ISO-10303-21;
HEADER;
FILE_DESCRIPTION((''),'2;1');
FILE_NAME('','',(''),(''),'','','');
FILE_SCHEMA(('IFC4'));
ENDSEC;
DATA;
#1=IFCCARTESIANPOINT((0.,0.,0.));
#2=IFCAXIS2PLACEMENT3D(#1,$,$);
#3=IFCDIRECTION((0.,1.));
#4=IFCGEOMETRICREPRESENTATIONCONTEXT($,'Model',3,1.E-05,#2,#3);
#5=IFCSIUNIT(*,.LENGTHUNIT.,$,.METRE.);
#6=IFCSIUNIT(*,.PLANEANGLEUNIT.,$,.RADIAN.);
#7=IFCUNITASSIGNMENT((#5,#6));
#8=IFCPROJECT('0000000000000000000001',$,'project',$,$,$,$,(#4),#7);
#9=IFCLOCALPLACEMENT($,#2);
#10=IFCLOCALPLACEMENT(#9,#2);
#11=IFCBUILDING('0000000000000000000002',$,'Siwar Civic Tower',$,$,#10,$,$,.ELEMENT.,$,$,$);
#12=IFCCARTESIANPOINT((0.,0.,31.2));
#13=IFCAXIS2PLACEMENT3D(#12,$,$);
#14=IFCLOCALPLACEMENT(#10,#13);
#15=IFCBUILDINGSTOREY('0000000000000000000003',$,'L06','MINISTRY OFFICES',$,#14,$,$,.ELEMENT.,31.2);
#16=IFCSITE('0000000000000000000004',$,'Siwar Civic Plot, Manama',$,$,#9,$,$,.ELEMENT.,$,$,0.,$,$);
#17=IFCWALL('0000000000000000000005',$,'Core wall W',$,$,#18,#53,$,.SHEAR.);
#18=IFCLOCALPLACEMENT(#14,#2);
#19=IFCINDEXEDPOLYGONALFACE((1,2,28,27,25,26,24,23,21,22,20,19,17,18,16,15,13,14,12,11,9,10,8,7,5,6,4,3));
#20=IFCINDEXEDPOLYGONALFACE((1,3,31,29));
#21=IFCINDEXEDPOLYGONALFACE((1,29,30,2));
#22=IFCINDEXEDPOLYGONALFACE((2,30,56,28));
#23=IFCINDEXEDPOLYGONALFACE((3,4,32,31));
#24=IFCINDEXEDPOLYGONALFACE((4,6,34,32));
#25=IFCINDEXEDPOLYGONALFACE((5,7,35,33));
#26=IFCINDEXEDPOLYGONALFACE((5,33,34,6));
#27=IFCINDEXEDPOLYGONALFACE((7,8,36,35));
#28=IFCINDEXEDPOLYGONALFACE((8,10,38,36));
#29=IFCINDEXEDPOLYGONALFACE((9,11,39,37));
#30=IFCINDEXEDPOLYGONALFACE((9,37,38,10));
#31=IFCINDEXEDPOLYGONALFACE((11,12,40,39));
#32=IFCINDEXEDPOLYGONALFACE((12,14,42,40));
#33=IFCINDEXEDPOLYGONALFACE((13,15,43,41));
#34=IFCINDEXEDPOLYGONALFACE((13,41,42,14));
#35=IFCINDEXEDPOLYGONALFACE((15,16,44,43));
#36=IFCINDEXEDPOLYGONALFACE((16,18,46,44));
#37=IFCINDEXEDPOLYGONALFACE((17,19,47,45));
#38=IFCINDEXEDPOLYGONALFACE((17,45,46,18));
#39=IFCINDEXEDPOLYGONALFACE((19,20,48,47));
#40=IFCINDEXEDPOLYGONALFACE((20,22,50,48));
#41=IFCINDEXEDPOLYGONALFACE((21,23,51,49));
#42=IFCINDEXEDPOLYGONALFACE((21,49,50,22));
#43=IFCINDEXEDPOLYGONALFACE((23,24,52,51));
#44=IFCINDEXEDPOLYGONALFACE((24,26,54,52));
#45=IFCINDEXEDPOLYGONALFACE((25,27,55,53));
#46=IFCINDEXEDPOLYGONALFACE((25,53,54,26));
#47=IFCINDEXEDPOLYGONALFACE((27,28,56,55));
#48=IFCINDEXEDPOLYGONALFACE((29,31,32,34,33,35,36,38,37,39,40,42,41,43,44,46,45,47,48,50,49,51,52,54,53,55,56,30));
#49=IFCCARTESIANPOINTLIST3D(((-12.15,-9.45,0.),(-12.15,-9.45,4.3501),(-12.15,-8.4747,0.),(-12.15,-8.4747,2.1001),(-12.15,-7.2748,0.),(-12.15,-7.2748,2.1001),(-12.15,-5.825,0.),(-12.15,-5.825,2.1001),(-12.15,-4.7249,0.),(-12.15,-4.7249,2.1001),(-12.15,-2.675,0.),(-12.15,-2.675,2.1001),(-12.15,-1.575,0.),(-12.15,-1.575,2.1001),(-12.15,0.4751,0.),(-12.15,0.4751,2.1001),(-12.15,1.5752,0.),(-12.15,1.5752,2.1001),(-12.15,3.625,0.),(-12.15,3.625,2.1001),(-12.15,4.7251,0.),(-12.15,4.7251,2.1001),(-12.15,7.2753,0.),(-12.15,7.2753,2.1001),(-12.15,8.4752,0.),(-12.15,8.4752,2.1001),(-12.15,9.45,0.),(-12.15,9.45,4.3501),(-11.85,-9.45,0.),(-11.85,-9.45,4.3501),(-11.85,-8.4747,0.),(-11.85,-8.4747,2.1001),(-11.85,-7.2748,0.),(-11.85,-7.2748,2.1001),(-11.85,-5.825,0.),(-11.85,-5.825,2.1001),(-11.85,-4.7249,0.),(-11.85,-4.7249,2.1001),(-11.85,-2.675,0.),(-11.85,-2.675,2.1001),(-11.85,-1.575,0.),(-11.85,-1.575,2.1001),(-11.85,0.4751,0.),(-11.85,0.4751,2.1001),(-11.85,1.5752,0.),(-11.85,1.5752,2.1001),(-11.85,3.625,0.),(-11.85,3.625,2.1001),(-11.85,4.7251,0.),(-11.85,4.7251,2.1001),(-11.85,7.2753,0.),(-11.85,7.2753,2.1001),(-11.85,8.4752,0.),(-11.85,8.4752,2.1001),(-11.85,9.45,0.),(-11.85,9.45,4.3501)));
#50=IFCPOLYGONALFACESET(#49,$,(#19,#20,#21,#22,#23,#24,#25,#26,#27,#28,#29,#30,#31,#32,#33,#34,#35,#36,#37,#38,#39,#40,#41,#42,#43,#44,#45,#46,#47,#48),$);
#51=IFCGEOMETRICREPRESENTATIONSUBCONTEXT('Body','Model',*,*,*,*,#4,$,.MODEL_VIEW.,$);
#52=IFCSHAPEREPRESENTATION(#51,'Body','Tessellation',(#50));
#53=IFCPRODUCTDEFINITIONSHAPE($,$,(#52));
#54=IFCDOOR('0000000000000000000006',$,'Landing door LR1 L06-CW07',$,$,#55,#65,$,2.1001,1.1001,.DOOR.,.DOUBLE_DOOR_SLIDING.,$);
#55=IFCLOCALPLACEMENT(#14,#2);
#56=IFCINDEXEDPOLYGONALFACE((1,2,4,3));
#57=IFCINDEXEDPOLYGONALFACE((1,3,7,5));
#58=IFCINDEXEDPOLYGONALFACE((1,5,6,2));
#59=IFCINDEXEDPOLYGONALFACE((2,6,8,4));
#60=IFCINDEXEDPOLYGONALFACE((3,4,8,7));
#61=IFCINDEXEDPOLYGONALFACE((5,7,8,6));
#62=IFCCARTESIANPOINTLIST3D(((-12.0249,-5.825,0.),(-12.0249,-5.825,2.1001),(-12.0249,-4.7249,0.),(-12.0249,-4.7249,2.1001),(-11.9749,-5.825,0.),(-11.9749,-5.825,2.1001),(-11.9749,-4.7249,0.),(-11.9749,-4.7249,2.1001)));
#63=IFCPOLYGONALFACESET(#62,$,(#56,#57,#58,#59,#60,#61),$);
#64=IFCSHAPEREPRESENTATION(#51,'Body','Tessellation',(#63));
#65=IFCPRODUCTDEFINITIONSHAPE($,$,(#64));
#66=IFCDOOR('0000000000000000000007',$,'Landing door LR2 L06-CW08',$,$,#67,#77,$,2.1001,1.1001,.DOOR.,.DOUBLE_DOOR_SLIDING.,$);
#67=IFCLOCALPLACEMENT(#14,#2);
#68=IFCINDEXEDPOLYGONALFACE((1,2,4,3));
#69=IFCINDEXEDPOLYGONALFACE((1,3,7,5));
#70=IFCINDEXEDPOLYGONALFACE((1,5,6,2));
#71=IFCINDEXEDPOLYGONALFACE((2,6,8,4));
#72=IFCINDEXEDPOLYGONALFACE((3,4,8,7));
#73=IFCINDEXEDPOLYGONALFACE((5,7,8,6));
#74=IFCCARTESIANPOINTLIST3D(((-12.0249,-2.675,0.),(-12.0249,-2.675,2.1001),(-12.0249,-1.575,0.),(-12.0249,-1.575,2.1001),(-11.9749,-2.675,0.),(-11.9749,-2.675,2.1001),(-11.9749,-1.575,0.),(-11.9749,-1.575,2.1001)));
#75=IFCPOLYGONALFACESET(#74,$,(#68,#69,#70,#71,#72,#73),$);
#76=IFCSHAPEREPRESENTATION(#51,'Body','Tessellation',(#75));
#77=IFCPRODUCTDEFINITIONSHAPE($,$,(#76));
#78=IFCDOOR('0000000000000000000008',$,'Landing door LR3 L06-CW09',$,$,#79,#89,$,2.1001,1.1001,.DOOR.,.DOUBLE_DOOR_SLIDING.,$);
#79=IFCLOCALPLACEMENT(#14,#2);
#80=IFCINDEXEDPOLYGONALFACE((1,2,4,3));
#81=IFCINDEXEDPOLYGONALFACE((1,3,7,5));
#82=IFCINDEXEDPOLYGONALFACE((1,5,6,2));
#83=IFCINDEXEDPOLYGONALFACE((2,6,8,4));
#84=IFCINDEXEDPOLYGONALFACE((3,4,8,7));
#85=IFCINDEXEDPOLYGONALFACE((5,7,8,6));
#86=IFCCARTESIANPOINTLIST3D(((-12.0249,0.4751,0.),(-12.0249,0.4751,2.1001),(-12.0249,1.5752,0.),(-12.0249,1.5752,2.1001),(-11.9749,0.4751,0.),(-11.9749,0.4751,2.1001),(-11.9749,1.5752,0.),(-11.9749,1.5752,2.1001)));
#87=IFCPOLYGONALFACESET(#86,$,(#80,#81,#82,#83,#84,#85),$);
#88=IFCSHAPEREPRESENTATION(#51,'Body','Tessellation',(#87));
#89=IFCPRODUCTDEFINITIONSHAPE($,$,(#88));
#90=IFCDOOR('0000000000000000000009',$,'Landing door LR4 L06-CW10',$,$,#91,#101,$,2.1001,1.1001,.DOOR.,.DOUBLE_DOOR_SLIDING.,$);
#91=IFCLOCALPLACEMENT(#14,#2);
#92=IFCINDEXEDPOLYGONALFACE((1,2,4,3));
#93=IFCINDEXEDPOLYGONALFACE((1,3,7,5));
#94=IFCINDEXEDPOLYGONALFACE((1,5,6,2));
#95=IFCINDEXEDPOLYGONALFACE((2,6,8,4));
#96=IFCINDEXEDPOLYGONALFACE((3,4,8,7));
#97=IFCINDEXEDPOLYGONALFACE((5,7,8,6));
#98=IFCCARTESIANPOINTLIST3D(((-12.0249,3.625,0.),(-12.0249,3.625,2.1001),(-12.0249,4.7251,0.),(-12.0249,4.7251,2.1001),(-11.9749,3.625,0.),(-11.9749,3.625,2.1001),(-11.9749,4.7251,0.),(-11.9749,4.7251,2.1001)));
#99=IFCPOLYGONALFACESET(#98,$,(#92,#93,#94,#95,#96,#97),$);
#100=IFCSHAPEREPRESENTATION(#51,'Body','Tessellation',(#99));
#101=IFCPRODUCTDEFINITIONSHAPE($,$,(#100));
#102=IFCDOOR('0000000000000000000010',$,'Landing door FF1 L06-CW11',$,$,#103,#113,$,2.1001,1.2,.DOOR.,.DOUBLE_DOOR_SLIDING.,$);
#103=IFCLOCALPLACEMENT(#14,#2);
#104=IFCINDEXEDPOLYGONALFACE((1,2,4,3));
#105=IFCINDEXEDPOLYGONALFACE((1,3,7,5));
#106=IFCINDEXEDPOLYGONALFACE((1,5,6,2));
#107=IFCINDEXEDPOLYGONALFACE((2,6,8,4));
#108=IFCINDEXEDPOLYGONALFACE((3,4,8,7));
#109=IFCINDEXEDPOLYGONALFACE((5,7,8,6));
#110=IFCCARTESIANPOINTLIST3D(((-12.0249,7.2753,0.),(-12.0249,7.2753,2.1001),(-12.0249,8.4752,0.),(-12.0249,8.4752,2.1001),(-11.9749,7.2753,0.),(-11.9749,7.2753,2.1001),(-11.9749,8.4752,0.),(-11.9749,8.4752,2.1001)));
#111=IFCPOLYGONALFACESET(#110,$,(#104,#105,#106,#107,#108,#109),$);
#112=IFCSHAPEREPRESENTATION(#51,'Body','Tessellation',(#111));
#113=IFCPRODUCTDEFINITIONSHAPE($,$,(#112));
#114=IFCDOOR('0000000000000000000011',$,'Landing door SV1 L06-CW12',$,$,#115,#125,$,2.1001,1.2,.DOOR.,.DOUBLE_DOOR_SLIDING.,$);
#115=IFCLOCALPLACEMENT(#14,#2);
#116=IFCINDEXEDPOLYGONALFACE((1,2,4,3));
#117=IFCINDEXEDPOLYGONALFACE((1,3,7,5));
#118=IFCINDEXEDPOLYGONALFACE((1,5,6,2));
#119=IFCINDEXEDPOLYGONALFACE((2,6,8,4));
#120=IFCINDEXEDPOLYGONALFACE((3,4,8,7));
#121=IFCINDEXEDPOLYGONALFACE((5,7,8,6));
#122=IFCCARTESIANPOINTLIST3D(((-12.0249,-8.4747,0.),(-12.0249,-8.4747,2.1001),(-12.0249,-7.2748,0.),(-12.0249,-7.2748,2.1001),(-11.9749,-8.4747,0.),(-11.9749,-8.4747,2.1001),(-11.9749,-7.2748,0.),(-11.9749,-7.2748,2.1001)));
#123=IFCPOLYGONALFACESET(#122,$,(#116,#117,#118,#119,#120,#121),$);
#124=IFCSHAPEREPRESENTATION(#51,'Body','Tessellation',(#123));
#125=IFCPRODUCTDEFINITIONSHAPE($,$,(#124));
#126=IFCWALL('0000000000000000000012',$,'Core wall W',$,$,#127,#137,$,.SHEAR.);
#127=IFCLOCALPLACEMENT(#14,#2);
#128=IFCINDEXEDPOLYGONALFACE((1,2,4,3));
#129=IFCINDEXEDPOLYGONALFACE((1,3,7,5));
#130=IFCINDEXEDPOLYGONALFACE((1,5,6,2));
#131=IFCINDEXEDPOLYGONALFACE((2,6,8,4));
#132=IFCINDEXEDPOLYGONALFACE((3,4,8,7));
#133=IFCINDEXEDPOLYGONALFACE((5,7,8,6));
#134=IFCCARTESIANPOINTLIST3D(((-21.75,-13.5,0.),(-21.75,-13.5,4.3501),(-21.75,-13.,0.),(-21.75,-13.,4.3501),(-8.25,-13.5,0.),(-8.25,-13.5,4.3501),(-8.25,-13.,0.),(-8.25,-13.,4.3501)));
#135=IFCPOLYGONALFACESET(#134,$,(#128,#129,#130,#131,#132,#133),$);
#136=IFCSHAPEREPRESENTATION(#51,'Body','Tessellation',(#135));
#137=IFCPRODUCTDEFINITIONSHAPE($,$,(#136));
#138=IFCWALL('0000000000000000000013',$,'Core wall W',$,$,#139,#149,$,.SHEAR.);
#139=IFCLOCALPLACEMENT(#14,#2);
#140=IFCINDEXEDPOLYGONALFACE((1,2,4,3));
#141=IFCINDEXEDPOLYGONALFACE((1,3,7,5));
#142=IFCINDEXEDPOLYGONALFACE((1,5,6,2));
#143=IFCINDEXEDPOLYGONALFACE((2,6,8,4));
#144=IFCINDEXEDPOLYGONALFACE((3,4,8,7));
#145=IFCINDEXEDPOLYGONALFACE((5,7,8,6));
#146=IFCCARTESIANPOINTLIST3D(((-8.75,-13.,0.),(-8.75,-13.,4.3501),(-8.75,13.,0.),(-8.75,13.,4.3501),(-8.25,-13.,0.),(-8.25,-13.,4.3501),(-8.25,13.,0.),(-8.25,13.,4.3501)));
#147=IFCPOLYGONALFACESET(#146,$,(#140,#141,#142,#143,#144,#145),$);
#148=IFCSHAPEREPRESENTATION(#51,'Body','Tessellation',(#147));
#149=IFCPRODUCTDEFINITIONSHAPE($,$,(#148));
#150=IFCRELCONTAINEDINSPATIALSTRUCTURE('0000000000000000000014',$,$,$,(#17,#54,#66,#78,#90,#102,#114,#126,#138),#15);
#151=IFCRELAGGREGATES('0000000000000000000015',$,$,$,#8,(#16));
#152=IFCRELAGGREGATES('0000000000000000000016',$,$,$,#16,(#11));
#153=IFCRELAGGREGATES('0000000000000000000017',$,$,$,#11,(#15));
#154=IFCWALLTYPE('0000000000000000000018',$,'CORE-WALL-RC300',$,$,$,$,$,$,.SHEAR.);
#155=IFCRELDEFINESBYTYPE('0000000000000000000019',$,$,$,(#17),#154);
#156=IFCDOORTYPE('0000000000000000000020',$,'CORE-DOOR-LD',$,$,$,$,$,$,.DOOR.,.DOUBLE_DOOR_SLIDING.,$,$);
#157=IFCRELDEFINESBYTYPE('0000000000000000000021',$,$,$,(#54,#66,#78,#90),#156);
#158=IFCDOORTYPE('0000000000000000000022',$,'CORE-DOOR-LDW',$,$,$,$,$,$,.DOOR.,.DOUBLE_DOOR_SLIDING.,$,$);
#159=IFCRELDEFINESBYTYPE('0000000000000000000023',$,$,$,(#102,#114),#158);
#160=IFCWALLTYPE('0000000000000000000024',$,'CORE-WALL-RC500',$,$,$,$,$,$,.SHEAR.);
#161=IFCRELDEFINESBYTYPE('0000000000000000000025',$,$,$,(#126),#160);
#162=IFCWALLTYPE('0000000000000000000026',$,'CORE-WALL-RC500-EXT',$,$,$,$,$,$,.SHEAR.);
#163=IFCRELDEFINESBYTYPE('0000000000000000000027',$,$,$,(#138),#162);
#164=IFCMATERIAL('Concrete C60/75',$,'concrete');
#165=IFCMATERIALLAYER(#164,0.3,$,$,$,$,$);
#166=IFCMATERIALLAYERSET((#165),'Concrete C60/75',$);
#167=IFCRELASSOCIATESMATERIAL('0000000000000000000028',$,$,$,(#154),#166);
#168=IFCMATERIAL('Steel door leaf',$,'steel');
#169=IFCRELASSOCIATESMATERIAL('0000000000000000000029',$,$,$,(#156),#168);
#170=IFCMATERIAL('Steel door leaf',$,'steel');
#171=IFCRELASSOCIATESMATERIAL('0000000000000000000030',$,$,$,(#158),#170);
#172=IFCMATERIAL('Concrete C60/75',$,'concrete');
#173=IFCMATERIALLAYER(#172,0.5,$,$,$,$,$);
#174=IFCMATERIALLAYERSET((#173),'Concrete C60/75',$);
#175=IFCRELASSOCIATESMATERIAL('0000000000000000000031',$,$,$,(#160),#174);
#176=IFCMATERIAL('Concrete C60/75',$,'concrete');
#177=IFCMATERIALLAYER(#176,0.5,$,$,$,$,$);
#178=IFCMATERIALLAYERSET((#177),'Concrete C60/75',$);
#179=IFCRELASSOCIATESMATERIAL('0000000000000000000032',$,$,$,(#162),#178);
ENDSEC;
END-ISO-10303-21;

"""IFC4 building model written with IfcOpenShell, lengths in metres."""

from ifc_helpers import new_model, si_unit, direction, frame, frame_2d, origin, place, context, subcontext, project, spatial, rectangle, extrude, material, layer, layer_set, type_object, element, fill, save


model = new_model("IFC4")

# Units and contexts
model_context = context("Model", 3, precision=1e-05, world=origin(), true_north=direction((0.0, 1.0)))
body_context = subcontext(model_context, "Body", "Model", "MODEL_VIEW")
ifc_project = project(units=[si_unit("LENGTHUNIT", "METRE"), si_unit("PLANEANGLEUNIT", "RADIAN")], contexts=[model_context])

# Site, building, storey
site_placement = place(None, origin())
site = spatial("IfcSite", under=ifc_project, at=site_placement, Name="Siwar Civic Plot, Manama", CompositionType="ELEMENT", RefElevation=0.0)
building_placement = place(site_placement, origin())
building = spatial("IfcBuilding", under=site, at=building_placement, Name="Siwar Civic Tower", CompositionType="ELEMENT")
storey_placement = place(building_placement, frame((0.0, 0.0, 31.2)))
storey = spatial("IfcBuildingStorey", under=building, at=storey_placement, Name="L06", Description="MINISTRY OFFICES", CompositionType="ELEMENT", Elevation=31.2)

# Wall, openings, doors
ifc_material_1 = material(Name="Concrete C60/75", Category="concrete")
ifc_layer_1 = layer(ifc_material_1, 0.3)
ifc_layer_set_1 = layer_set([ifc_layer_1], Name="Concrete C60/75")
wall_type_1 = type_object("IfcWallType", Name="CORE-WALL-RC300", PredefinedType="SHEAR", material=ifc_layer_set_1)
wall_1_placement = place(storey_placement, frame((-12.0, -9.45, 0.0), z_axis=(0.0, 0.0, 1.0), x_axis=(0.0, 1.0, 0.0)))
wall_1 = element("IfcWall", 1, at=wall_1_placement, inside=storey, type_object=wall_type_1, Name="Core wall W", PredefinedType="SHEAR", context=body_context, shape_type="SweptSolid", body=[
    extrude(rectangle(XDim=18.8999, YDim=0.3, at=frame_2d((9.45, 0.0))), origin(), (0.0, 0.0, 1.0), 4.3501),
])
opening_1_placement = place(wall_1_placement, frame((3.625, 0.0, 0.0)))
opening_1 = element("IfcOpeningElement", 2, at=opening_1_placement, cuts=wall_1, PredefinedType="OPENING", context=body_context, shape_type="SweptSolid", body=[
    extrude(rectangle(XDim=1.1001, YDim=2.1001, at=frame_2d((0.55, 1.05))), frame((0.0, 0.1602, 0.0), z_axis=(0.0, -1.0, 0.0), x_axis=(1.0, 0.0, 0.0)), (0.0, 0.0, 1.0), 0.3201),
])
opening_2_placement = place(wall_1_placement, frame((6.7749, 0.0, 0.0)))
opening_2 = element("IfcOpeningElement", 3, at=opening_2_placement, cuts=wall_1, PredefinedType="OPENING", context=body_context, shape_type="SweptSolid", body=[
    extrude(rectangle(XDim=1.1001, YDim=2.1001, at=frame_2d((0.55, 1.05))), frame((0.0, 0.1602, 0.0), z_axis=(0.0, -1.0, 0.0), x_axis=(1.0, 0.0, 0.0)), (0.0, 0.0, 1.0), 0.3201),
])
opening_3_placement = place(wall_1_placement, frame((9.925, 0.0, 0.0)))
opening_3 = element("IfcOpeningElement", 4, at=opening_3_placement, cuts=wall_1, PredefinedType="OPENING", context=body_context, shape_type="SweptSolid", body=[
    extrude(rectangle(XDim=1.1001, YDim=2.1001, at=frame_2d((0.55, 1.05))), frame((0.0, 0.1602, 0.0), z_axis=(0.0, -1.0, 0.0), x_axis=(1.0, 0.0, 0.0)), (0.0, 0.0, 1.0), 0.3201),
])
opening_4_placement = place(wall_1_placement, frame((13.075, 0.0, 0.0)))
opening_4 = element("IfcOpeningElement", 5, at=opening_4_placement, cuts=wall_1, PredefinedType="OPENING", context=body_context, shape_type="SweptSolid", body=[
    extrude(rectangle(XDim=1.1001, YDim=2.1001, at=frame_2d((0.55, 1.05))), frame((0.0, 0.1602, 0.0), z_axis=(0.0, -1.0, 0.0), x_axis=(1.0, 0.0, 0.0)), (0.0, 0.0, 1.0), 0.3201),
])
opening_5_placement = place(wall_1_placement, frame((16.7251, 0.0, 0.0)))
opening_5 = element("IfcOpeningElement", 6, at=opening_5_placement, cuts=wall_1, PredefinedType="OPENING", context=body_context, shape_type="SweptSolid", body=[
    extrude(rectangle(XDim=1.2, YDim=2.1001, at=frame_2d((0.6001, 1.05))), frame((0.0, 0.1602, 0.0), z_axis=(0.0, -1.0, 0.0), x_axis=(1.0, 0.0, 0.0)), (0.0, 0.0, 1.0), 0.3201),
])
opening_6_placement = place(wall_1_placement, frame((0.9751, 0.0, 0.0)))
opening_6 = element("IfcOpeningElement", 7, at=opening_6_placement, cuts=wall_1, PredefinedType="OPENING", context=body_context, shape_type="SweptSolid", body=[
    extrude(rectangle(XDim=1.2, YDim=2.1001, at=frame_2d((0.6001, 1.05))), frame((0.0, 0.1602, 0.0), z_axis=(0.0, -1.0, 0.0), x_axis=(1.0, 0.0, 0.0)), (0.0, 0.0, 1.0), 0.3201),
])
ifc_material_2 = material(Name="Steel door leaf", Category="steel")
door_type_1 = type_object("IfcDoorType", Name="CORE-DOOR-LD", OperationType="DOUBLE_DOOR_SLIDING", PredefinedType="DOOR", material=ifc_material_2)
door_1_placement = place(opening_1_placement, origin())
door_1 = element("IfcDoor", 8, at=door_1_placement, inside=storey, type_object=door_type_1, Name="Landing door LR1 L06-CW07", OperationType="DOUBLE_DOOR_SLIDING", OverallHeight=2.1001, OverallWidth=1.1001, PredefinedType="DOOR", context=body_context, shape_type="SweptSolid", body=[
    extrude(rectangle(XDim=1.1001, YDim=2.1001, at=frame_2d((0.55, 1.05))), frame((0.0, 0.0249, 0.0), z_axis=(0.0, -1.0, 0.0), x_axis=(1.0, 0.0, 0.0)), (0.0, 0.0, 1.0), 0.05),
])
fill(opening_1, door_1)
door_2_placement = place(opening_2_placement, origin())
door_2 = element("IfcDoor", 9, at=door_2_placement, inside=storey, type_object=door_type_1, Name="Landing door LR2 L06-CW08", OperationType="DOUBLE_DOOR_SLIDING", OverallHeight=2.1001, OverallWidth=1.1001, PredefinedType="DOOR", context=body_context, shape_type="SweptSolid", body=[
    extrude(rectangle(XDim=1.1001, YDim=2.1001, at=frame_2d((0.55, 1.05))), frame((0.0, 0.0249, 0.0), z_axis=(0.0, -1.0, 0.0), x_axis=(1.0, 0.0, 0.0)), (0.0, 0.0, 1.0), 0.05),
])
fill(opening_2, door_2)
door_3_placement = place(opening_3_placement, origin())
door_3 = element("IfcDoor", 10, at=door_3_placement, inside=storey, type_object=door_type_1, Name="Landing door LR3 L06-CW09", OperationType="DOUBLE_DOOR_SLIDING", OverallHeight=2.1001, OverallWidth=1.1001, PredefinedType="DOOR", context=body_context, shape_type="SweptSolid", body=[
    extrude(rectangle(XDim=1.1001, YDim=2.1001, at=frame_2d((0.55, 1.05))), frame((0.0, 0.0249, 0.0), z_axis=(0.0, -1.0, 0.0), x_axis=(1.0, 0.0, 0.0)), (0.0, 0.0, 1.0), 0.05),
])
fill(opening_3, door_3)
door_4_placement = place(opening_4_placement, origin())
door_4 = element("IfcDoor", 11, at=door_4_placement, inside=storey, type_object=door_type_1, Name="Landing door LR4 L06-CW10", OperationType="DOUBLE_DOOR_SLIDING", OverallHeight=2.1001, OverallWidth=1.1001, PredefinedType="DOOR", context=body_context, shape_type="SweptSolid", body=[
    extrude(rectangle(XDim=1.1001, YDim=2.1001, at=frame_2d((0.55, 1.05))), frame((0.0, 0.0249, 0.0), z_axis=(0.0, -1.0, 0.0), x_axis=(1.0, 0.0, 0.0)), (0.0, 0.0, 1.0), 0.05),
])
fill(opening_4, door_4)
ifc_material_3 = material(Name="Steel door leaf", Category="steel")
door_type_2 = type_object("IfcDoorType", Name="CORE-DOOR-LDW", OperationType="DOUBLE_DOOR_SLIDING", PredefinedType="DOOR", material=ifc_material_3)
door_5_placement = place(opening_5_placement, origin())
door_5 = element("IfcDoor", 12, at=door_5_placement, inside=storey, type_object=door_type_2, Name="Landing door FF1 L06-CW11", OperationType="DOUBLE_DOOR_SLIDING", OverallHeight=2.1001, OverallWidth=1.2, PredefinedType="DOOR", context=body_context, shape_type="SweptSolid", body=[
    extrude(rectangle(XDim=1.2, YDim=2.1001, at=frame_2d((0.6001, 1.05))), frame((0.0, 0.0249, 0.0), z_axis=(0.0, -1.0, 0.0), x_axis=(1.0, 0.0, 0.0)), (0.0, 0.0, 1.0), 0.05),
])
fill(opening_5, door_5)
door_6_placement = place(opening_6_placement, origin())
door_6 = element("IfcDoor", 13, at=door_6_placement, inside=storey, type_object=door_type_2, Name="Landing door SV1 L06-CW12", OperationType="DOUBLE_DOOR_SLIDING", OverallHeight=2.1001, OverallWidth=1.2, PredefinedType="DOOR", context=body_context, shape_type="SweptSolid", body=[
    extrude(rectangle(XDim=1.2, YDim=2.1001, at=frame_2d((0.6001, 1.05))), frame((0.0, 0.0249, 0.0), z_axis=(0.0, -1.0, 0.0), x_axis=(1.0, 0.0, 0.0)), (0.0, 0.0, 1.0), 0.05),
])
fill(opening_6, door_6)

# Walls
ifc_material_4 = material(Name="Concrete C60/75", Category="concrete")
ifc_layer_2 = layer(ifc_material_4, 0.5)
ifc_layer_set_2 = layer_set([ifc_layer_2], Name="Concrete C60/75")
wall_type_2 = type_object("IfcWallType", Name="CORE-WALL-RC500", PredefinedType="SHEAR", material=ifc_layer_set_2)
wall_2_placement = place(storey_placement, frame((-8.25, -13.25, 0.0), z_axis=(0.0, 0.0, 1.0), x_axis=(-1.0, 0.0, 0.0)))
element("IfcWall", 14, at=wall_2_placement, inside=storey, type_object=wall_type_2, Name="Core wall W", PredefinedType="SHEAR", context=body_context, shape_type="SweptSolid", body=[
    extrude(rectangle(XDim=13.5, YDim=0.5, at=frame_2d((6.75, 0.0))), origin(), (0.0, 0.0, 1.0), 4.3501),
])
ifc_material_5 = material(Name="Concrete C60/75", Category="concrete")
ifc_layer_3 = layer(ifc_material_5, 0.5)
ifc_layer_set_3 = layer_set([ifc_layer_3], Name="Concrete C60/75")
wall_type_3 = type_object("IfcWallType", Name="CORE-WALL-RC500-EXT", PredefinedType="SHEAR", material=ifc_layer_set_3)
wall_3_placement = place(storey_placement, frame((-8.5, -13.0, 0.0), z_axis=(0.0, 0.0, 1.0), x_axis=(0.0, 1.0, 0.0)))
element("IfcWall", 15, at=wall_3_placement, inside=storey, type_object=wall_type_3, Name="Core wall W", PredefinedType="SHEAR", context=body_context, shape_type="SweptSolid", body=[
    extrude(rectangle(XDim=26.0, YDim=0.5, at=frame_2d((13.0, 0.0))), origin(), (0.0, 0.0, 1.0), 4.3501),
])

save(model, "model.ifc")
